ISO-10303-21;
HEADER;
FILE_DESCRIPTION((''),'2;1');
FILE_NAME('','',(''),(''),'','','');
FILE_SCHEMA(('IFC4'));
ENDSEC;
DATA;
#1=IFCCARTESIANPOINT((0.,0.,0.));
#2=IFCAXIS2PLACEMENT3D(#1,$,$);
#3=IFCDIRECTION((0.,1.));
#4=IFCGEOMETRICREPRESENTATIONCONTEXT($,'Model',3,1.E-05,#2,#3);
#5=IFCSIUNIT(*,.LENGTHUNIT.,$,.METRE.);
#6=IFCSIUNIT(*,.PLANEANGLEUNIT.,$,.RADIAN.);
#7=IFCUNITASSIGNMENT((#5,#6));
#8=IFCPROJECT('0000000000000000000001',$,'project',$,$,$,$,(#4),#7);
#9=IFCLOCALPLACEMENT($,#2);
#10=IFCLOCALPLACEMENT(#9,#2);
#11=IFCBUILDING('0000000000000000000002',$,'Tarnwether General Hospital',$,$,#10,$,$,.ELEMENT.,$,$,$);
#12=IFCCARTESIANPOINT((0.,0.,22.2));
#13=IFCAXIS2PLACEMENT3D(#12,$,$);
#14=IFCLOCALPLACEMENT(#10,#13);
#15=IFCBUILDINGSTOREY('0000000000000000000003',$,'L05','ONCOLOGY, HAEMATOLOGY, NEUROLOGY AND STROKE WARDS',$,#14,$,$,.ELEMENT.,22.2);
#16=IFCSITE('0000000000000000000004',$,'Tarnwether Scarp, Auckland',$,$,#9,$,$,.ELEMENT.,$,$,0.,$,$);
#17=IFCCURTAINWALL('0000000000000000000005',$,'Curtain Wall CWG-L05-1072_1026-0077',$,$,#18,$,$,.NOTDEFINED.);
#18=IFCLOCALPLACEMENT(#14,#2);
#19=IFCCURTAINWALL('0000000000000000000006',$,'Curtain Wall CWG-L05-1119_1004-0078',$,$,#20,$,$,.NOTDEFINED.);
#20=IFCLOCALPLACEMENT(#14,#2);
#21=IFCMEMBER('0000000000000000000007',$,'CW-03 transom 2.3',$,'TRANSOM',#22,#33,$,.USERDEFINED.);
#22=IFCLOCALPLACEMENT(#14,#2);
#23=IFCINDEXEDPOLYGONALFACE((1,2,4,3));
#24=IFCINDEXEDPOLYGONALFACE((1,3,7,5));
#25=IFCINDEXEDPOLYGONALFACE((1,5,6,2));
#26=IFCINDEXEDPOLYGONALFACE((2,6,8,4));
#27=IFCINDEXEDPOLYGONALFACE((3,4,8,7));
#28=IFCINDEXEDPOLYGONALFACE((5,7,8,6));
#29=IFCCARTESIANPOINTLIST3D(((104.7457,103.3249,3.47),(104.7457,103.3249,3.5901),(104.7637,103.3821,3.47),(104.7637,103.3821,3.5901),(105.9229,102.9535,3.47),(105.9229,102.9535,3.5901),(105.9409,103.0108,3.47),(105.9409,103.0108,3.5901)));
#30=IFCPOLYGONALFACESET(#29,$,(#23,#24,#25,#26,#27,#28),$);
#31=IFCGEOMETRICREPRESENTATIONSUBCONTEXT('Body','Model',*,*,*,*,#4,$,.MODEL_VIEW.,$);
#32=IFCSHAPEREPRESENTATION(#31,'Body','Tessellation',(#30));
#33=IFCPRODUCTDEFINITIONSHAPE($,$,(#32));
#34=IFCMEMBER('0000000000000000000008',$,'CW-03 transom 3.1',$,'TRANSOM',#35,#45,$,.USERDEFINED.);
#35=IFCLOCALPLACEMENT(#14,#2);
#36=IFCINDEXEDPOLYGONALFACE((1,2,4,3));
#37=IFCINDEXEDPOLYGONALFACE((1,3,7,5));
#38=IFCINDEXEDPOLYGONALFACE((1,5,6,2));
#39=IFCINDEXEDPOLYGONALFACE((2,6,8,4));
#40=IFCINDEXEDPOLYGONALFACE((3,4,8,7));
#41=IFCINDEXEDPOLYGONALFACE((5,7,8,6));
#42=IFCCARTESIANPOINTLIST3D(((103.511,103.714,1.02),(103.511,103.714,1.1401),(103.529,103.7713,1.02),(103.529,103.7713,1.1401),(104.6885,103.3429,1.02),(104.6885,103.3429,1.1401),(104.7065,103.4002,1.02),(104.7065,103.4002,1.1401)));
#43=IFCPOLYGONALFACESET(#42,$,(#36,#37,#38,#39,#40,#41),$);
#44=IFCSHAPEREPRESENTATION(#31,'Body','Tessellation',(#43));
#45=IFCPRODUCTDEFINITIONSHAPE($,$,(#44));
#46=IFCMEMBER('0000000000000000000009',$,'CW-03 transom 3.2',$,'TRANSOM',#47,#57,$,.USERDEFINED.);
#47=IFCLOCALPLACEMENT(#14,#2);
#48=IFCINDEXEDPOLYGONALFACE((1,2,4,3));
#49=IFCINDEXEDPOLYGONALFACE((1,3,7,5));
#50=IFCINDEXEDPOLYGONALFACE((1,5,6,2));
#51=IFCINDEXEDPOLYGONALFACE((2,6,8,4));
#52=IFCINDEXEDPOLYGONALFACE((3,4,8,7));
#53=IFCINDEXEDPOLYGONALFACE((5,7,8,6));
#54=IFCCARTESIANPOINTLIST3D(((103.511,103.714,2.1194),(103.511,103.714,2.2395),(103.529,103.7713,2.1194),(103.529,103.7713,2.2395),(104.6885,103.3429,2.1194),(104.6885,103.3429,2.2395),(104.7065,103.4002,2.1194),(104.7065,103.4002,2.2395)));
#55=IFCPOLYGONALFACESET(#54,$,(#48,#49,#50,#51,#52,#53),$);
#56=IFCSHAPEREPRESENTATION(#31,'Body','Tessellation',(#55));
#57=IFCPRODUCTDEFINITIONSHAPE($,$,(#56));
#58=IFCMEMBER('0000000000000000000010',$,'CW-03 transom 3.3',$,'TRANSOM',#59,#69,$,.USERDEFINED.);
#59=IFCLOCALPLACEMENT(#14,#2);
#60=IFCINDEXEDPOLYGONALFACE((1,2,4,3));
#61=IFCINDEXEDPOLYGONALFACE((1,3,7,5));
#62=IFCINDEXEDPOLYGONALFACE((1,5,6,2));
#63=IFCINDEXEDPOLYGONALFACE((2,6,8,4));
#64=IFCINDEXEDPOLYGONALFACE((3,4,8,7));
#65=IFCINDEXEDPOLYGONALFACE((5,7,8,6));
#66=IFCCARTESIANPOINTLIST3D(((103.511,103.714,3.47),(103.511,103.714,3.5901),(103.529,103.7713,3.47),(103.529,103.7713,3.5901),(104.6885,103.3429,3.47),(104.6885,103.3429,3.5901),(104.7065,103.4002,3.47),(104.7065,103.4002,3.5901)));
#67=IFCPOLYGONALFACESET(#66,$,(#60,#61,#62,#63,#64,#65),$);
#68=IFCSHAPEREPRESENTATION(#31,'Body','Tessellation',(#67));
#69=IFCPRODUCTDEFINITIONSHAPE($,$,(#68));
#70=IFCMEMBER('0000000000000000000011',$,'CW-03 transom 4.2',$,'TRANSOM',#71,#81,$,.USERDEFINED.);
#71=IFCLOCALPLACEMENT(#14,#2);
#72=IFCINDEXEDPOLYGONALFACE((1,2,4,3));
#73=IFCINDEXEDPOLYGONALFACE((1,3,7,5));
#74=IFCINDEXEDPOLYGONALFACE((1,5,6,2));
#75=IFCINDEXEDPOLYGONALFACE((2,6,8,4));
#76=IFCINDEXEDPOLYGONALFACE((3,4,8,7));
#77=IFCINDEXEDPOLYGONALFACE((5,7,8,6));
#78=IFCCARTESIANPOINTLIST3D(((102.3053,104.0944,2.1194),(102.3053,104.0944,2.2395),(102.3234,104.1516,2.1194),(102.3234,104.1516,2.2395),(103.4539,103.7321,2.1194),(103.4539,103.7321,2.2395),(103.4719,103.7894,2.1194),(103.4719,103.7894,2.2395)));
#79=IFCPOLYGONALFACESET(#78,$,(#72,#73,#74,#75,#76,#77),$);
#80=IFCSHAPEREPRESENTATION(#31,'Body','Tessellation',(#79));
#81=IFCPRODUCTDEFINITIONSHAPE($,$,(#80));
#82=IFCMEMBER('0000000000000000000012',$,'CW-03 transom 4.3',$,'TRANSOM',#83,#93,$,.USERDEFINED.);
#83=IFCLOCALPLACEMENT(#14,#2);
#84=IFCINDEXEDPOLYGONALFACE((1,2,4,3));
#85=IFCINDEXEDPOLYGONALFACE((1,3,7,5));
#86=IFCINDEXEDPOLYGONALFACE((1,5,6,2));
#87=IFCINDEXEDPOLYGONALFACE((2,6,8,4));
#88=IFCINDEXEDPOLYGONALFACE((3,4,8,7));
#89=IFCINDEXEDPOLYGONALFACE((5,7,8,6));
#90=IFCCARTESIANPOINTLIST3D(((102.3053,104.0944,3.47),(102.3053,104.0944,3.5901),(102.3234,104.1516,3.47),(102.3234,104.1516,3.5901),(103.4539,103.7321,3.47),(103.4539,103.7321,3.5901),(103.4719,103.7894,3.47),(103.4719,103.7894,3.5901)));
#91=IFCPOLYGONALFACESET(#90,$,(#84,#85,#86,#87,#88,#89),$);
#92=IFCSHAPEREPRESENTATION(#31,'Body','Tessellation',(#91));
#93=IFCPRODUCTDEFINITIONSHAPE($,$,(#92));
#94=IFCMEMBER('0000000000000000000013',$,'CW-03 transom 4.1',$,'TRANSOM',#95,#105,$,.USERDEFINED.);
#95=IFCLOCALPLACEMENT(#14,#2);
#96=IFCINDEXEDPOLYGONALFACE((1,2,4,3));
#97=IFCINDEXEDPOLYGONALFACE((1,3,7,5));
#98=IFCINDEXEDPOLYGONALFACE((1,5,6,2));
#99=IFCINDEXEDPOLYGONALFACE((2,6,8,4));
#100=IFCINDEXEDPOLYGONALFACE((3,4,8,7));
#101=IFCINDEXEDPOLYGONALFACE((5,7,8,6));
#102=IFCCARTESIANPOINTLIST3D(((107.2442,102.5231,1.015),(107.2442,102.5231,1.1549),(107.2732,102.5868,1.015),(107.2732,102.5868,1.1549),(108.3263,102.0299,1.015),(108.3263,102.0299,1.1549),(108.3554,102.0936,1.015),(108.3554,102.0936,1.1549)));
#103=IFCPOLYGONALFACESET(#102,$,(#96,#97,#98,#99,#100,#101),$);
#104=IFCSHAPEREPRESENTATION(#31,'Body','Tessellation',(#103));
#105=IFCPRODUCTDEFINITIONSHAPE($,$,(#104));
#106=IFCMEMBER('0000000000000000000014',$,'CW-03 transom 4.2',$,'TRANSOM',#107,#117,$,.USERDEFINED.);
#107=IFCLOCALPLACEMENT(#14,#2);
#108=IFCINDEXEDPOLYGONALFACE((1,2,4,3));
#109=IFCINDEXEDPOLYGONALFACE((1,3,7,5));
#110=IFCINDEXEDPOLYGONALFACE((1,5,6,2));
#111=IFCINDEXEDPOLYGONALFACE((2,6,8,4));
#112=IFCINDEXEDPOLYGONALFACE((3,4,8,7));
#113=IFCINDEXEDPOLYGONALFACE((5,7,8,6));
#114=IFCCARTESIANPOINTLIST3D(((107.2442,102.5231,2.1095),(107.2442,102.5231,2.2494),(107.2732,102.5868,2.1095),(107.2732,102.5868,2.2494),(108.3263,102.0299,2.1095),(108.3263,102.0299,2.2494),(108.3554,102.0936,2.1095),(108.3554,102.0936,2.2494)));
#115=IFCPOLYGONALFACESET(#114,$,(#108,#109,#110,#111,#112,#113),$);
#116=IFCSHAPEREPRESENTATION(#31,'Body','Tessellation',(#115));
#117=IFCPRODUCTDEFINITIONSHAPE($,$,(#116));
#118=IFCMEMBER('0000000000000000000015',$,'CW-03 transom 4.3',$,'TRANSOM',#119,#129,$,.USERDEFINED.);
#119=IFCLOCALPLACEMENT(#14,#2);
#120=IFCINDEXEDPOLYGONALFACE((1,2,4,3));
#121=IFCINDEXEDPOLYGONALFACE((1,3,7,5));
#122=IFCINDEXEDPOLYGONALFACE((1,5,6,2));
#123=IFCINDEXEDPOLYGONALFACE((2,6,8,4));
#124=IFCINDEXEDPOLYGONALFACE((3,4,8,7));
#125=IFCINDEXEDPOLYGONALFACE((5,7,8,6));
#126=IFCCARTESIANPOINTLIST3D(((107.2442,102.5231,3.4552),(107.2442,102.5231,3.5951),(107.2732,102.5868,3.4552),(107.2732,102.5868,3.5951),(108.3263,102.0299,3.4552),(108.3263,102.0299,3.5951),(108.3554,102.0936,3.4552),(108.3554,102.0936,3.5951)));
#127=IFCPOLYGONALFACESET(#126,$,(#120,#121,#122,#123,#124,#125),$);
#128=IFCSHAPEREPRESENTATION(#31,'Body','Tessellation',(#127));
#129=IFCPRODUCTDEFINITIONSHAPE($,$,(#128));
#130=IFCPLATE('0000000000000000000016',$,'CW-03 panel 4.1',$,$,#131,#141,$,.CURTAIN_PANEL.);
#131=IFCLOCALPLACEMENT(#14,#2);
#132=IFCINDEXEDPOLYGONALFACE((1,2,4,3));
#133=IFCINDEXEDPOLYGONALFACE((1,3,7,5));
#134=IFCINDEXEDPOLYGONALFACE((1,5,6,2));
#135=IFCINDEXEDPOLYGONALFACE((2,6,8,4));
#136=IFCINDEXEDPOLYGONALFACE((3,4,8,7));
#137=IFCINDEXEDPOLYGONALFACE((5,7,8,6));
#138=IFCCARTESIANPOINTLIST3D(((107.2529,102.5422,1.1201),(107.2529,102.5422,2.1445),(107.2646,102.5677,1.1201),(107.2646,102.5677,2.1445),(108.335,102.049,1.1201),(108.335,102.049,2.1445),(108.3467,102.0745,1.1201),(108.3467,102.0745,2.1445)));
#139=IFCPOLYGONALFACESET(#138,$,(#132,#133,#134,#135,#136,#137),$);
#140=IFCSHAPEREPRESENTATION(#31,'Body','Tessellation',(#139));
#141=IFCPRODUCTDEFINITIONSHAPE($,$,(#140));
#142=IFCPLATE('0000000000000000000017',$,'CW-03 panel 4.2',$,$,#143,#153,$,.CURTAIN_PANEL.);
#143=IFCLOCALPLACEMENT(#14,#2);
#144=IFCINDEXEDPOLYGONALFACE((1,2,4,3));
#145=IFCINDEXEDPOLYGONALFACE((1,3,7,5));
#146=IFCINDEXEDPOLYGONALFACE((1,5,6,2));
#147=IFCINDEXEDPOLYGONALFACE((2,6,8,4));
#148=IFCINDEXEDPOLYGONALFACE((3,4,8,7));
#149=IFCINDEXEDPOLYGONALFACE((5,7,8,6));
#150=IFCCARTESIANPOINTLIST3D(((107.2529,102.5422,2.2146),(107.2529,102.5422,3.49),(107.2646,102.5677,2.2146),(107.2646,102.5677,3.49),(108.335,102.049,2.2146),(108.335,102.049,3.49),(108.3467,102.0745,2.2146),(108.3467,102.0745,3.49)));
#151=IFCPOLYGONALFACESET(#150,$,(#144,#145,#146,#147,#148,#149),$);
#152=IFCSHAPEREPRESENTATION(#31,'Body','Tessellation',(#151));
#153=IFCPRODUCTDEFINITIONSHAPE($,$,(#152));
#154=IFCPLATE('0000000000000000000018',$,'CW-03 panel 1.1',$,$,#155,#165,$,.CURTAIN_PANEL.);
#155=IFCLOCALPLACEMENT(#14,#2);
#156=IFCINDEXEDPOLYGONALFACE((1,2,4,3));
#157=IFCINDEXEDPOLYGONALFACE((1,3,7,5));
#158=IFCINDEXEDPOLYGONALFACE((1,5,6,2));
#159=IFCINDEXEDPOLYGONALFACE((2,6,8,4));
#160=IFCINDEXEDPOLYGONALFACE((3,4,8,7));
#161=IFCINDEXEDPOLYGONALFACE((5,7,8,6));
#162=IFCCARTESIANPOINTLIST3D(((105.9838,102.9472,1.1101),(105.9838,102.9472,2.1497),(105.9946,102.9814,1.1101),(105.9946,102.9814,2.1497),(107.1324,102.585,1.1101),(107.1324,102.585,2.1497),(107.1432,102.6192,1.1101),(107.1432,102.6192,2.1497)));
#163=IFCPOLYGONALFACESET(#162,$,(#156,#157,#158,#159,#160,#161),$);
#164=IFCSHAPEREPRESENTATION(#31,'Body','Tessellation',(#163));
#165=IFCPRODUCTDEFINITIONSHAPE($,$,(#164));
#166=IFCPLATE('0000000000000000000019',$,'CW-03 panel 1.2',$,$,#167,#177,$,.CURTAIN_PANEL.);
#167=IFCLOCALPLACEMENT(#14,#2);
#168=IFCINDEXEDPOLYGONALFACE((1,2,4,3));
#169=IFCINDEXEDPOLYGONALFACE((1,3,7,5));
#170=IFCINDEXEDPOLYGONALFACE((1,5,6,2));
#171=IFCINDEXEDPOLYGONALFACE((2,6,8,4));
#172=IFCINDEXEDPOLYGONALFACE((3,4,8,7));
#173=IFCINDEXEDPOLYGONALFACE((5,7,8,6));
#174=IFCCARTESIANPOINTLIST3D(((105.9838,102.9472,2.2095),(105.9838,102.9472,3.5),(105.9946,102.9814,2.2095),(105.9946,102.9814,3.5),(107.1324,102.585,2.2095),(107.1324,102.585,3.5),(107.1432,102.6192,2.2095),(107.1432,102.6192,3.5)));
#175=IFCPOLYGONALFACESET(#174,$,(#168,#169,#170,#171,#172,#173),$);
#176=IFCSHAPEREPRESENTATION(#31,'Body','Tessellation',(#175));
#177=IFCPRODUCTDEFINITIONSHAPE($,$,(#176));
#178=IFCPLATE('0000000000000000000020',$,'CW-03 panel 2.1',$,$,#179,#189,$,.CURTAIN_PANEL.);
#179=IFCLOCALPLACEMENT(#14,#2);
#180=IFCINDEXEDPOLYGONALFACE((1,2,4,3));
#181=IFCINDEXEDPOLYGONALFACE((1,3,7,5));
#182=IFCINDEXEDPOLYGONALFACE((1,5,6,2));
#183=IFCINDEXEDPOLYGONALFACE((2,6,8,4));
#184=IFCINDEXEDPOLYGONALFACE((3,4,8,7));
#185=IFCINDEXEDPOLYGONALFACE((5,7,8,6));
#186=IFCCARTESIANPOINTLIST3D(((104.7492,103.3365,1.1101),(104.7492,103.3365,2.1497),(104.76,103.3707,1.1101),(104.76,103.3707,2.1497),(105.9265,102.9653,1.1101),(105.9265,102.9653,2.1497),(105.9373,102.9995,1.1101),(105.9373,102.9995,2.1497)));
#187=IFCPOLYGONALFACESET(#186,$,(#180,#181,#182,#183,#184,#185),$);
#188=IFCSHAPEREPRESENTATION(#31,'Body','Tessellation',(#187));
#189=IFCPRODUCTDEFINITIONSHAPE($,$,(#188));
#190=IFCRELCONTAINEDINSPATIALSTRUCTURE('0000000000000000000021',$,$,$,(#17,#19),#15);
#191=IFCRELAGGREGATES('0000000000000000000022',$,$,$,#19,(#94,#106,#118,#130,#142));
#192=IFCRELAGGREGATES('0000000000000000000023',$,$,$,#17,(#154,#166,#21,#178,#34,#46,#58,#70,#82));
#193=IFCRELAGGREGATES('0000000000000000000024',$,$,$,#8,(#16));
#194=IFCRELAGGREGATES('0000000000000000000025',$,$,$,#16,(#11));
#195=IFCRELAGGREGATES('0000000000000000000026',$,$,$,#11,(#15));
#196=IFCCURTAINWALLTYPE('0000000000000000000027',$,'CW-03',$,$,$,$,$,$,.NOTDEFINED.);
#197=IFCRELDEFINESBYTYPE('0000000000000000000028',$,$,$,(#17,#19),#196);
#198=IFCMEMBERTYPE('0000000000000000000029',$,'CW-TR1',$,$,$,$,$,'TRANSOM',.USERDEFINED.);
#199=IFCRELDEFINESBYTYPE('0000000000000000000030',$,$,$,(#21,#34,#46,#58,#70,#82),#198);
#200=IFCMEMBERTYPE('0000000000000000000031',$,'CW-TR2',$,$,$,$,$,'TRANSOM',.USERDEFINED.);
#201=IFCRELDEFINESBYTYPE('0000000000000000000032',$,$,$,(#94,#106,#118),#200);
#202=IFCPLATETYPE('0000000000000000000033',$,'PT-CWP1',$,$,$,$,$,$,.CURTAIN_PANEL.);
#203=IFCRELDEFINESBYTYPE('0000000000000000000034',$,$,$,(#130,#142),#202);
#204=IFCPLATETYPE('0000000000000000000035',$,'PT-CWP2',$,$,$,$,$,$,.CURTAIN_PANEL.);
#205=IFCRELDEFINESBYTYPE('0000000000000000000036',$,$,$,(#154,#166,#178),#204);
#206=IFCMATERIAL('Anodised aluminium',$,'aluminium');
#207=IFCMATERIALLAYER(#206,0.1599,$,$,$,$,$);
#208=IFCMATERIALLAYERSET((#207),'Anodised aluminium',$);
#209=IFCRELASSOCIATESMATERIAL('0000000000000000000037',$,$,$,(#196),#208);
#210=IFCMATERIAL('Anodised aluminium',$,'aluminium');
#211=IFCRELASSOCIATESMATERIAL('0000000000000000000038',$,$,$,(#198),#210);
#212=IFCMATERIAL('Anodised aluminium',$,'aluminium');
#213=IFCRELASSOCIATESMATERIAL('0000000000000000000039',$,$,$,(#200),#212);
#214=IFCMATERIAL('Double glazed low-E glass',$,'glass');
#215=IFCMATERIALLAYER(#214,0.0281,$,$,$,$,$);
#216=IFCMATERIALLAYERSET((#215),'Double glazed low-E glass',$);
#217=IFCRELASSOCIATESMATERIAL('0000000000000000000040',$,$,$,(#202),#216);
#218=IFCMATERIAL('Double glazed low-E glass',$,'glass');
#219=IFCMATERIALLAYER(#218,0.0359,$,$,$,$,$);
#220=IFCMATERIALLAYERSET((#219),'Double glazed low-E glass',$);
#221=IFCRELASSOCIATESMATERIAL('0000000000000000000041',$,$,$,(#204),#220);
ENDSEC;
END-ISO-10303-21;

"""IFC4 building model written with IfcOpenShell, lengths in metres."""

from ifc_helpers import new_model, si_unit, direction, frame, origin, origin_2d, place, context, subcontext, project, spatial, rectangle, extrude, material, layer, layer_set, material_profile, profile_set, type_object, element, aggregate, save


model = new_model("IFC4")

# Units and contexts
model_context = context("Model", 3, precision=1e-05, world=origin(), true_north=direction((0.0, 1.0)))
body_context = subcontext(model_context, "Body", "Model", "MODEL_VIEW")
ifc_project = project(units=[si_unit("LENGTHUNIT", "METRE"), si_unit("PLANEANGLEUNIT", "RADIAN")], contexts=[model_context])

# Site, building, storey
site_placement = place(None, origin())
site = spatial("IfcSite", under=ifc_project, at=site_placement, Name="Tarnwether Scarp, Auckland", CompositionType="ELEMENT", RefElevation=0.0)
building_placement = place(site_placement, origin())
building = spatial("IfcBuilding", under=site, at=building_placement, Name="Tarnwether General Hospital", CompositionType="ELEMENT")
storey_placement = place(building_placement, frame((0.0, 0.0, 22.2)))
storey = spatial("IfcBuildingStorey", under=building, at=storey_placement, Name="L05", Description="ONCOLOGY, HAEMATOLOGY, NEUROLOGY AND STROKE WARDS", CompositionType="ELEMENT", Elevation=22.2)

# Curtain wall
ifc_material_1 = material(Name="Anodised aluminium", Category="aluminium")
ifc_layer_1 = layer(ifc_material_1, 0.1599)
ifc_layer_set_1 = layer_set([ifc_layer_1], Name="Anodised aluminium")
curtain_wall_type = type_object("IfcCurtainWallType", Name="CW-03", PredefinedType="NOTDEFINED", material=ifc_layer_set_1)
curtain_wall_1_placement = place(storey_placement, origin())
curtain_wall_1 = element("IfcCurtainWall", 1, at=curtain_wall_1_placement, inside=storey, type_object=curtain_wall_type, Name="Curtain Wall CWG-L05-1072_1026-0077", PredefinedType="NOTDEFINED")

# Curtain wall
curtain_wall_2_placement = place(storey_placement, origin())
curtain_wall_2 = element("IfcCurtainWall", 2, at=curtain_wall_2_placement, inside=storey, type_object=curtain_wall_type, Name="Curtain Wall CWG-L05-1119_1004-0078", PredefinedType="NOTDEFINED")

# Members
ifc_material_2 = material(Name="Anodised aluminium", Category="aluminium")
ifc_material_profile_1 = material_profile(ifc_material_2, rectangle(XDim=0.0601, YDim=0.1201, at=origin_2d()), Name="ALU-TRN-60x120")
ifc_profile_set_1 = profile_set([ifc_material_profile_1], Name="Anodised aluminium")
member_type_1 = type_object("IfcMemberType", Name="CW-TR1", ElementType="TRANSOM", PredefinedType="USERDEFINED", material=ifc_profile_set_1)
member_1_placement = place(storey_placement, frame((105.9319, 102.9822, 3.53), z_axis=(-0.953681, 0.300819, 0.0), x_axis=(-0.300819, -0.953681, 0.0)))
member_1 = element("IfcMember", 3, at=member_1_placement, type_object=member_type_1, Name="CW-03 transom 2.3", ObjectType="TRANSOM", PredefinedType="USERDEFINED", context=body_context, shape_type="SweptSolid", body=[
    extrude(rectangle(XDim=0.0601, YDim=0.1201, at=origin_2d()), origin(), (0.0, 0.0, 1.0), 1.2344),
])
member_2_placement = place(storey_placement, frame((104.6975, 103.3716, 1.0801), z_axis=(-0.953756, 0.300582, 0.0), x_axis=(-0.300582, -0.953756, 0.0)))
member_2 = element("IfcMember", 4, at=member_2_placement, type_object=member_type_1, Name="CW-03 transom 3.1", ObjectType="TRANSOM", PredefinedType="USERDEFINED", context=body_context, shape_type="SweptSolid", body=[
    extrude(rectangle(XDim=0.0601, YDim=0.1201, at=origin_2d()), origin(), (0.0, 0.0, 1.0), 1.2346),
])
member_3_placement = place(storey_placement, frame((104.6975, 103.3716, 2.1794), z_axis=(-0.953756, 0.300582, 0.0), x_axis=(-0.300582, -0.953756, 0.0)))
member_3 = element("IfcMember", 5, at=member_3_placement, type_object=member_type_1, Name="CW-03 transom 3.2", ObjectType="TRANSOM", PredefinedType="USERDEFINED", context=body_context, shape_type="SweptSolid", body=[
    extrude(rectangle(XDim=0.0601, YDim=0.1201, at=origin_2d()), origin(), (0.0, 0.0, 1.0), 1.2346),
])
member_4_placement = place(storey_placement, frame((104.6975, 103.3716, 3.53), z_axis=(-0.953756, 0.300582, 0.0), x_axis=(-0.300582, -0.953756, 0.0)))
member_4 = element("IfcMember", 6, at=member_4_placement, type_object=member_type_1, Name="CW-03 transom 3.3", ObjectType="TRANSOM", PredefinedType="USERDEFINED", context=body_context, shape_type="SweptSolid", body=[
    extrude(rectangle(XDim=0.0601, YDim=0.1201, at=origin_2d()), origin(), (0.0, 0.0, 1.0), 1.2346),
])
member_5_placement = place(storey_placement, frame((103.4629, 103.7607, 2.1794), z_axis=(-0.953687, 0.300802, 0.0), x_axis=(-0.300802, -0.953687, 0.0)))
member_5 = element("IfcMember", 7, at=member_5_placement, type_object=member_type_1, Name="CW-03 transom 4.2", ObjectType="TRANSOM", PredefinedType="USERDEFINED", context=body_context, shape_type="SweptSolid", body=[
    extrude(rectangle(XDim=0.0601, YDim=0.1201, at=origin_2d()), origin(), (0.0, 0.0, 1.0), 1.2043),
])
member_6_placement = place(storey_placement, frame((103.4629, 103.7607, 3.53), z_axis=(-0.953687, 0.300802, 0.0), x_axis=(-0.300802, -0.953687, 0.0)))
member_6 = element("IfcMember", 8, at=member_6_placement, type_object=member_type_1, Name="CW-03 transom 4.3", ObjectType="TRANSOM", PredefinedType="USERDEFINED", context=body_context, shape_type="SweptSolid", body=[
    extrude(rectangle(XDim=0.0601, YDim=0.1201, at=origin_2d()), origin(), (0.0, 0.0, 1.0), 1.2043),
])
ifc_material_3 = material(Name="Anodised aluminium", Category="aluminium")
ifc_material_profile_2 = material_profile(ifc_material_3, rectangle(XDim=0.0701, YDim=0.1399, at=origin_2d()), Name="ALU-TRN-70x140")
ifc_profile_set_2 = profile_set([ifc_material_profile_2], Name="Anodised aluminium")
member_type_2 = type_object("IfcMemberType", Name="CW-TR2", ElementType="TRANSOM", PredefinedType="USERDEFINED", material=ifc_profile_set_2)
member_7_placement = place(storey_placement, frame((108.3408, 102.0618, 1.085), z_axis=(-0.909944, 0.414731, 0.0), x_axis=(-0.414731, -0.909944, 0.0)))
member_7 = element("IfcMember", 9, at=member_7_placement, type_object=member_type_2, Name="CW-03 transom 4.1", ObjectType="TRANSOM", PredefinedType="USERDEFINED", context=body_context, shape_type="SweptSolid", body=[
    extrude(rectangle(XDim=0.0701, YDim=0.1399, at=origin_2d()), origin(), (0.0, 0.0, 1.0), 1.1892),
])
member_8_placement = place(storey_placement, frame((108.3408, 102.0618, 2.1794), z_axis=(-0.909944, 0.414731, 0.0), x_axis=(-0.414731, -0.909944, 0.0)))
member_8 = element("IfcMember", 10, at=member_8_placement, type_object=member_type_2, Name="CW-03 transom 4.2", ObjectType="TRANSOM", PredefinedType="USERDEFINED", context=body_context, shape_type="SweptSolid", body=[
    extrude(rectangle(XDim=0.0701, YDim=0.1399, at=origin_2d()), origin(), (0.0, 0.0, 1.0), 1.1892),
])
member_9_placement = place(storey_placement, frame((108.3408, 102.0618, 3.5251), z_axis=(-0.909944, 0.414731, 0.0), x_axis=(-0.414731, -0.909944, 0.0)))
member_9 = element("IfcMember", 11, at=member_9_placement, type_object=member_type_2, Name="CW-03 transom 4.3", ObjectType="TRANSOM", PredefinedType="USERDEFINED", context=body_context, shape_type="SweptSolid", body=[
    extrude(rectangle(XDim=0.0701, YDim=0.1399, at=origin_2d()), origin(), (0.0, 0.0, 1.0), 1.1892),
])

# Plates
ifc_material_4 = material(Name="Double glazed low-E glass", Category="glass")
ifc_layer_2 = layer(ifc_material_4, 0.0281)
ifc_layer_set_2 = layer_set([ifc_layer_2], Name="Double glazed low-E glass")
plate_type_1 = type_object("IfcPlateType", Name="PT-CWP1", PredefinedType="CURTAIN_PANEL", material=ifc_layer_set_2)
plate_1_placement = place(storey_placement, frame((107.7998, 102.3083, 1.1201), z_axis=(0.0, 0.0, 1.0), x_axis=(-0.909956, 0.414705, 0.0)))
plate_1 = element("IfcPlate", 12, at=plate_1_placement, type_object=plate_type_1, Name="CW-03 panel 4.1", PredefinedType="CURTAIN_PANEL", context=body_context, shape_type="SweptSolid", body=[
    extrude(rectangle(XDim=1.1892, YDim=0.0281, at=origin_2d()), origin(), (0.0, 0.0, 1.0), 1.0244),
])
plate_2_placement = place(storey_placement, frame((107.7998, 102.3083, 2.2146), z_axis=(0.0, 0.0, 1.0), x_axis=(-0.909956, 0.414705, 0.0)))
plate_2 = element("IfcPlate", 13, at=plate_2_placement, type_object=plate_type_1, Name="CW-03 panel 4.2", PredefinedType="CURTAIN_PANEL", context=body_context, shape_type="SweptSolid", body=[
    extrude(rectangle(XDim=1.1892, YDim=0.0281, at=origin_2d()), origin(), (0.0, 0.0, 1.0), 1.2754),
])
aggregate(curtain_wall_2, [member_7, member_8, member_9, plate_1, plate_2])
ifc_material_5 = material(Name="Double glazed low-E glass", Category="glass")
ifc_layer_3 = layer(ifc_material_5, 0.0359)
ifc_layer_set_3 = layer_set([ifc_layer_3], Name="Double glazed low-E glass")
plate_type_2 = type_object("IfcPlateType", Name="PT-CWP2", PredefinedType="CURTAIN_PANEL", material=ifc_layer_set_3)
plate_3_placement = place(storey_placement, frame((106.5635, 102.7832, 1.1101), z_axis=(0.0, 0.0, 1.0), x_axis=(-0.953714, 0.300715, 0.0)))
plate_3 = element("IfcPlate", 14, at=plate_3_placement, type_object=plate_type_2, Name="CW-03 panel 1.1", PredefinedType="CURTAIN_PANEL", context=body_context, shape_type="SweptSolid", body=[
    extrude(rectangle(XDim=1.2043, YDim=0.0359, at=origin_2d()), origin(), (0.0, 0.0, 1.0), 1.0396),
])
plate_4_placement = place(storey_placement, frame((106.5635, 102.7832, 2.2095), z_axis=(0.0, 0.0, 1.0), x_axis=(-0.953714, 0.300715, 0.0)))
plate_4 = element("IfcPlate", 15, at=plate_4_placement, type_object=plate_type_2, Name="CW-03 panel 1.2", PredefinedType="CURTAIN_PANEL", context=body_context, shape_type="SweptSolid", body=[
    extrude(rectangle(XDim=1.2043, YDim=0.0359, at=origin_2d()), origin(), (0.0, 0.0, 1.0), 1.2905),
])
plate_5_placement = place(storey_placement, frame((105.3433, 103.168, 1.1101), z_axis=(0.0, 0.0, 1.0), x_axis=(-0.953714, 0.300715, 0.0)))
plate_5 = element("IfcPlate", 16, at=plate_5_placement, type_object=plate_type_2, Name="CW-03 panel 2.1", PredefinedType="CURTAIN_PANEL", context=body_context, shape_type="SweptSolid", body=[
    extrude(rectangle(XDim=1.2344, YDim=0.0359, at=origin_2d()), origin(), (0.0, 0.0, 1.0), 1.0396),
])
aggregate(curtain_wall_1, [plate_3, plate_4, member_1, plate_5, member_2, member_3, member_4, member_5, member_6])

save(model, "model.ifc")
